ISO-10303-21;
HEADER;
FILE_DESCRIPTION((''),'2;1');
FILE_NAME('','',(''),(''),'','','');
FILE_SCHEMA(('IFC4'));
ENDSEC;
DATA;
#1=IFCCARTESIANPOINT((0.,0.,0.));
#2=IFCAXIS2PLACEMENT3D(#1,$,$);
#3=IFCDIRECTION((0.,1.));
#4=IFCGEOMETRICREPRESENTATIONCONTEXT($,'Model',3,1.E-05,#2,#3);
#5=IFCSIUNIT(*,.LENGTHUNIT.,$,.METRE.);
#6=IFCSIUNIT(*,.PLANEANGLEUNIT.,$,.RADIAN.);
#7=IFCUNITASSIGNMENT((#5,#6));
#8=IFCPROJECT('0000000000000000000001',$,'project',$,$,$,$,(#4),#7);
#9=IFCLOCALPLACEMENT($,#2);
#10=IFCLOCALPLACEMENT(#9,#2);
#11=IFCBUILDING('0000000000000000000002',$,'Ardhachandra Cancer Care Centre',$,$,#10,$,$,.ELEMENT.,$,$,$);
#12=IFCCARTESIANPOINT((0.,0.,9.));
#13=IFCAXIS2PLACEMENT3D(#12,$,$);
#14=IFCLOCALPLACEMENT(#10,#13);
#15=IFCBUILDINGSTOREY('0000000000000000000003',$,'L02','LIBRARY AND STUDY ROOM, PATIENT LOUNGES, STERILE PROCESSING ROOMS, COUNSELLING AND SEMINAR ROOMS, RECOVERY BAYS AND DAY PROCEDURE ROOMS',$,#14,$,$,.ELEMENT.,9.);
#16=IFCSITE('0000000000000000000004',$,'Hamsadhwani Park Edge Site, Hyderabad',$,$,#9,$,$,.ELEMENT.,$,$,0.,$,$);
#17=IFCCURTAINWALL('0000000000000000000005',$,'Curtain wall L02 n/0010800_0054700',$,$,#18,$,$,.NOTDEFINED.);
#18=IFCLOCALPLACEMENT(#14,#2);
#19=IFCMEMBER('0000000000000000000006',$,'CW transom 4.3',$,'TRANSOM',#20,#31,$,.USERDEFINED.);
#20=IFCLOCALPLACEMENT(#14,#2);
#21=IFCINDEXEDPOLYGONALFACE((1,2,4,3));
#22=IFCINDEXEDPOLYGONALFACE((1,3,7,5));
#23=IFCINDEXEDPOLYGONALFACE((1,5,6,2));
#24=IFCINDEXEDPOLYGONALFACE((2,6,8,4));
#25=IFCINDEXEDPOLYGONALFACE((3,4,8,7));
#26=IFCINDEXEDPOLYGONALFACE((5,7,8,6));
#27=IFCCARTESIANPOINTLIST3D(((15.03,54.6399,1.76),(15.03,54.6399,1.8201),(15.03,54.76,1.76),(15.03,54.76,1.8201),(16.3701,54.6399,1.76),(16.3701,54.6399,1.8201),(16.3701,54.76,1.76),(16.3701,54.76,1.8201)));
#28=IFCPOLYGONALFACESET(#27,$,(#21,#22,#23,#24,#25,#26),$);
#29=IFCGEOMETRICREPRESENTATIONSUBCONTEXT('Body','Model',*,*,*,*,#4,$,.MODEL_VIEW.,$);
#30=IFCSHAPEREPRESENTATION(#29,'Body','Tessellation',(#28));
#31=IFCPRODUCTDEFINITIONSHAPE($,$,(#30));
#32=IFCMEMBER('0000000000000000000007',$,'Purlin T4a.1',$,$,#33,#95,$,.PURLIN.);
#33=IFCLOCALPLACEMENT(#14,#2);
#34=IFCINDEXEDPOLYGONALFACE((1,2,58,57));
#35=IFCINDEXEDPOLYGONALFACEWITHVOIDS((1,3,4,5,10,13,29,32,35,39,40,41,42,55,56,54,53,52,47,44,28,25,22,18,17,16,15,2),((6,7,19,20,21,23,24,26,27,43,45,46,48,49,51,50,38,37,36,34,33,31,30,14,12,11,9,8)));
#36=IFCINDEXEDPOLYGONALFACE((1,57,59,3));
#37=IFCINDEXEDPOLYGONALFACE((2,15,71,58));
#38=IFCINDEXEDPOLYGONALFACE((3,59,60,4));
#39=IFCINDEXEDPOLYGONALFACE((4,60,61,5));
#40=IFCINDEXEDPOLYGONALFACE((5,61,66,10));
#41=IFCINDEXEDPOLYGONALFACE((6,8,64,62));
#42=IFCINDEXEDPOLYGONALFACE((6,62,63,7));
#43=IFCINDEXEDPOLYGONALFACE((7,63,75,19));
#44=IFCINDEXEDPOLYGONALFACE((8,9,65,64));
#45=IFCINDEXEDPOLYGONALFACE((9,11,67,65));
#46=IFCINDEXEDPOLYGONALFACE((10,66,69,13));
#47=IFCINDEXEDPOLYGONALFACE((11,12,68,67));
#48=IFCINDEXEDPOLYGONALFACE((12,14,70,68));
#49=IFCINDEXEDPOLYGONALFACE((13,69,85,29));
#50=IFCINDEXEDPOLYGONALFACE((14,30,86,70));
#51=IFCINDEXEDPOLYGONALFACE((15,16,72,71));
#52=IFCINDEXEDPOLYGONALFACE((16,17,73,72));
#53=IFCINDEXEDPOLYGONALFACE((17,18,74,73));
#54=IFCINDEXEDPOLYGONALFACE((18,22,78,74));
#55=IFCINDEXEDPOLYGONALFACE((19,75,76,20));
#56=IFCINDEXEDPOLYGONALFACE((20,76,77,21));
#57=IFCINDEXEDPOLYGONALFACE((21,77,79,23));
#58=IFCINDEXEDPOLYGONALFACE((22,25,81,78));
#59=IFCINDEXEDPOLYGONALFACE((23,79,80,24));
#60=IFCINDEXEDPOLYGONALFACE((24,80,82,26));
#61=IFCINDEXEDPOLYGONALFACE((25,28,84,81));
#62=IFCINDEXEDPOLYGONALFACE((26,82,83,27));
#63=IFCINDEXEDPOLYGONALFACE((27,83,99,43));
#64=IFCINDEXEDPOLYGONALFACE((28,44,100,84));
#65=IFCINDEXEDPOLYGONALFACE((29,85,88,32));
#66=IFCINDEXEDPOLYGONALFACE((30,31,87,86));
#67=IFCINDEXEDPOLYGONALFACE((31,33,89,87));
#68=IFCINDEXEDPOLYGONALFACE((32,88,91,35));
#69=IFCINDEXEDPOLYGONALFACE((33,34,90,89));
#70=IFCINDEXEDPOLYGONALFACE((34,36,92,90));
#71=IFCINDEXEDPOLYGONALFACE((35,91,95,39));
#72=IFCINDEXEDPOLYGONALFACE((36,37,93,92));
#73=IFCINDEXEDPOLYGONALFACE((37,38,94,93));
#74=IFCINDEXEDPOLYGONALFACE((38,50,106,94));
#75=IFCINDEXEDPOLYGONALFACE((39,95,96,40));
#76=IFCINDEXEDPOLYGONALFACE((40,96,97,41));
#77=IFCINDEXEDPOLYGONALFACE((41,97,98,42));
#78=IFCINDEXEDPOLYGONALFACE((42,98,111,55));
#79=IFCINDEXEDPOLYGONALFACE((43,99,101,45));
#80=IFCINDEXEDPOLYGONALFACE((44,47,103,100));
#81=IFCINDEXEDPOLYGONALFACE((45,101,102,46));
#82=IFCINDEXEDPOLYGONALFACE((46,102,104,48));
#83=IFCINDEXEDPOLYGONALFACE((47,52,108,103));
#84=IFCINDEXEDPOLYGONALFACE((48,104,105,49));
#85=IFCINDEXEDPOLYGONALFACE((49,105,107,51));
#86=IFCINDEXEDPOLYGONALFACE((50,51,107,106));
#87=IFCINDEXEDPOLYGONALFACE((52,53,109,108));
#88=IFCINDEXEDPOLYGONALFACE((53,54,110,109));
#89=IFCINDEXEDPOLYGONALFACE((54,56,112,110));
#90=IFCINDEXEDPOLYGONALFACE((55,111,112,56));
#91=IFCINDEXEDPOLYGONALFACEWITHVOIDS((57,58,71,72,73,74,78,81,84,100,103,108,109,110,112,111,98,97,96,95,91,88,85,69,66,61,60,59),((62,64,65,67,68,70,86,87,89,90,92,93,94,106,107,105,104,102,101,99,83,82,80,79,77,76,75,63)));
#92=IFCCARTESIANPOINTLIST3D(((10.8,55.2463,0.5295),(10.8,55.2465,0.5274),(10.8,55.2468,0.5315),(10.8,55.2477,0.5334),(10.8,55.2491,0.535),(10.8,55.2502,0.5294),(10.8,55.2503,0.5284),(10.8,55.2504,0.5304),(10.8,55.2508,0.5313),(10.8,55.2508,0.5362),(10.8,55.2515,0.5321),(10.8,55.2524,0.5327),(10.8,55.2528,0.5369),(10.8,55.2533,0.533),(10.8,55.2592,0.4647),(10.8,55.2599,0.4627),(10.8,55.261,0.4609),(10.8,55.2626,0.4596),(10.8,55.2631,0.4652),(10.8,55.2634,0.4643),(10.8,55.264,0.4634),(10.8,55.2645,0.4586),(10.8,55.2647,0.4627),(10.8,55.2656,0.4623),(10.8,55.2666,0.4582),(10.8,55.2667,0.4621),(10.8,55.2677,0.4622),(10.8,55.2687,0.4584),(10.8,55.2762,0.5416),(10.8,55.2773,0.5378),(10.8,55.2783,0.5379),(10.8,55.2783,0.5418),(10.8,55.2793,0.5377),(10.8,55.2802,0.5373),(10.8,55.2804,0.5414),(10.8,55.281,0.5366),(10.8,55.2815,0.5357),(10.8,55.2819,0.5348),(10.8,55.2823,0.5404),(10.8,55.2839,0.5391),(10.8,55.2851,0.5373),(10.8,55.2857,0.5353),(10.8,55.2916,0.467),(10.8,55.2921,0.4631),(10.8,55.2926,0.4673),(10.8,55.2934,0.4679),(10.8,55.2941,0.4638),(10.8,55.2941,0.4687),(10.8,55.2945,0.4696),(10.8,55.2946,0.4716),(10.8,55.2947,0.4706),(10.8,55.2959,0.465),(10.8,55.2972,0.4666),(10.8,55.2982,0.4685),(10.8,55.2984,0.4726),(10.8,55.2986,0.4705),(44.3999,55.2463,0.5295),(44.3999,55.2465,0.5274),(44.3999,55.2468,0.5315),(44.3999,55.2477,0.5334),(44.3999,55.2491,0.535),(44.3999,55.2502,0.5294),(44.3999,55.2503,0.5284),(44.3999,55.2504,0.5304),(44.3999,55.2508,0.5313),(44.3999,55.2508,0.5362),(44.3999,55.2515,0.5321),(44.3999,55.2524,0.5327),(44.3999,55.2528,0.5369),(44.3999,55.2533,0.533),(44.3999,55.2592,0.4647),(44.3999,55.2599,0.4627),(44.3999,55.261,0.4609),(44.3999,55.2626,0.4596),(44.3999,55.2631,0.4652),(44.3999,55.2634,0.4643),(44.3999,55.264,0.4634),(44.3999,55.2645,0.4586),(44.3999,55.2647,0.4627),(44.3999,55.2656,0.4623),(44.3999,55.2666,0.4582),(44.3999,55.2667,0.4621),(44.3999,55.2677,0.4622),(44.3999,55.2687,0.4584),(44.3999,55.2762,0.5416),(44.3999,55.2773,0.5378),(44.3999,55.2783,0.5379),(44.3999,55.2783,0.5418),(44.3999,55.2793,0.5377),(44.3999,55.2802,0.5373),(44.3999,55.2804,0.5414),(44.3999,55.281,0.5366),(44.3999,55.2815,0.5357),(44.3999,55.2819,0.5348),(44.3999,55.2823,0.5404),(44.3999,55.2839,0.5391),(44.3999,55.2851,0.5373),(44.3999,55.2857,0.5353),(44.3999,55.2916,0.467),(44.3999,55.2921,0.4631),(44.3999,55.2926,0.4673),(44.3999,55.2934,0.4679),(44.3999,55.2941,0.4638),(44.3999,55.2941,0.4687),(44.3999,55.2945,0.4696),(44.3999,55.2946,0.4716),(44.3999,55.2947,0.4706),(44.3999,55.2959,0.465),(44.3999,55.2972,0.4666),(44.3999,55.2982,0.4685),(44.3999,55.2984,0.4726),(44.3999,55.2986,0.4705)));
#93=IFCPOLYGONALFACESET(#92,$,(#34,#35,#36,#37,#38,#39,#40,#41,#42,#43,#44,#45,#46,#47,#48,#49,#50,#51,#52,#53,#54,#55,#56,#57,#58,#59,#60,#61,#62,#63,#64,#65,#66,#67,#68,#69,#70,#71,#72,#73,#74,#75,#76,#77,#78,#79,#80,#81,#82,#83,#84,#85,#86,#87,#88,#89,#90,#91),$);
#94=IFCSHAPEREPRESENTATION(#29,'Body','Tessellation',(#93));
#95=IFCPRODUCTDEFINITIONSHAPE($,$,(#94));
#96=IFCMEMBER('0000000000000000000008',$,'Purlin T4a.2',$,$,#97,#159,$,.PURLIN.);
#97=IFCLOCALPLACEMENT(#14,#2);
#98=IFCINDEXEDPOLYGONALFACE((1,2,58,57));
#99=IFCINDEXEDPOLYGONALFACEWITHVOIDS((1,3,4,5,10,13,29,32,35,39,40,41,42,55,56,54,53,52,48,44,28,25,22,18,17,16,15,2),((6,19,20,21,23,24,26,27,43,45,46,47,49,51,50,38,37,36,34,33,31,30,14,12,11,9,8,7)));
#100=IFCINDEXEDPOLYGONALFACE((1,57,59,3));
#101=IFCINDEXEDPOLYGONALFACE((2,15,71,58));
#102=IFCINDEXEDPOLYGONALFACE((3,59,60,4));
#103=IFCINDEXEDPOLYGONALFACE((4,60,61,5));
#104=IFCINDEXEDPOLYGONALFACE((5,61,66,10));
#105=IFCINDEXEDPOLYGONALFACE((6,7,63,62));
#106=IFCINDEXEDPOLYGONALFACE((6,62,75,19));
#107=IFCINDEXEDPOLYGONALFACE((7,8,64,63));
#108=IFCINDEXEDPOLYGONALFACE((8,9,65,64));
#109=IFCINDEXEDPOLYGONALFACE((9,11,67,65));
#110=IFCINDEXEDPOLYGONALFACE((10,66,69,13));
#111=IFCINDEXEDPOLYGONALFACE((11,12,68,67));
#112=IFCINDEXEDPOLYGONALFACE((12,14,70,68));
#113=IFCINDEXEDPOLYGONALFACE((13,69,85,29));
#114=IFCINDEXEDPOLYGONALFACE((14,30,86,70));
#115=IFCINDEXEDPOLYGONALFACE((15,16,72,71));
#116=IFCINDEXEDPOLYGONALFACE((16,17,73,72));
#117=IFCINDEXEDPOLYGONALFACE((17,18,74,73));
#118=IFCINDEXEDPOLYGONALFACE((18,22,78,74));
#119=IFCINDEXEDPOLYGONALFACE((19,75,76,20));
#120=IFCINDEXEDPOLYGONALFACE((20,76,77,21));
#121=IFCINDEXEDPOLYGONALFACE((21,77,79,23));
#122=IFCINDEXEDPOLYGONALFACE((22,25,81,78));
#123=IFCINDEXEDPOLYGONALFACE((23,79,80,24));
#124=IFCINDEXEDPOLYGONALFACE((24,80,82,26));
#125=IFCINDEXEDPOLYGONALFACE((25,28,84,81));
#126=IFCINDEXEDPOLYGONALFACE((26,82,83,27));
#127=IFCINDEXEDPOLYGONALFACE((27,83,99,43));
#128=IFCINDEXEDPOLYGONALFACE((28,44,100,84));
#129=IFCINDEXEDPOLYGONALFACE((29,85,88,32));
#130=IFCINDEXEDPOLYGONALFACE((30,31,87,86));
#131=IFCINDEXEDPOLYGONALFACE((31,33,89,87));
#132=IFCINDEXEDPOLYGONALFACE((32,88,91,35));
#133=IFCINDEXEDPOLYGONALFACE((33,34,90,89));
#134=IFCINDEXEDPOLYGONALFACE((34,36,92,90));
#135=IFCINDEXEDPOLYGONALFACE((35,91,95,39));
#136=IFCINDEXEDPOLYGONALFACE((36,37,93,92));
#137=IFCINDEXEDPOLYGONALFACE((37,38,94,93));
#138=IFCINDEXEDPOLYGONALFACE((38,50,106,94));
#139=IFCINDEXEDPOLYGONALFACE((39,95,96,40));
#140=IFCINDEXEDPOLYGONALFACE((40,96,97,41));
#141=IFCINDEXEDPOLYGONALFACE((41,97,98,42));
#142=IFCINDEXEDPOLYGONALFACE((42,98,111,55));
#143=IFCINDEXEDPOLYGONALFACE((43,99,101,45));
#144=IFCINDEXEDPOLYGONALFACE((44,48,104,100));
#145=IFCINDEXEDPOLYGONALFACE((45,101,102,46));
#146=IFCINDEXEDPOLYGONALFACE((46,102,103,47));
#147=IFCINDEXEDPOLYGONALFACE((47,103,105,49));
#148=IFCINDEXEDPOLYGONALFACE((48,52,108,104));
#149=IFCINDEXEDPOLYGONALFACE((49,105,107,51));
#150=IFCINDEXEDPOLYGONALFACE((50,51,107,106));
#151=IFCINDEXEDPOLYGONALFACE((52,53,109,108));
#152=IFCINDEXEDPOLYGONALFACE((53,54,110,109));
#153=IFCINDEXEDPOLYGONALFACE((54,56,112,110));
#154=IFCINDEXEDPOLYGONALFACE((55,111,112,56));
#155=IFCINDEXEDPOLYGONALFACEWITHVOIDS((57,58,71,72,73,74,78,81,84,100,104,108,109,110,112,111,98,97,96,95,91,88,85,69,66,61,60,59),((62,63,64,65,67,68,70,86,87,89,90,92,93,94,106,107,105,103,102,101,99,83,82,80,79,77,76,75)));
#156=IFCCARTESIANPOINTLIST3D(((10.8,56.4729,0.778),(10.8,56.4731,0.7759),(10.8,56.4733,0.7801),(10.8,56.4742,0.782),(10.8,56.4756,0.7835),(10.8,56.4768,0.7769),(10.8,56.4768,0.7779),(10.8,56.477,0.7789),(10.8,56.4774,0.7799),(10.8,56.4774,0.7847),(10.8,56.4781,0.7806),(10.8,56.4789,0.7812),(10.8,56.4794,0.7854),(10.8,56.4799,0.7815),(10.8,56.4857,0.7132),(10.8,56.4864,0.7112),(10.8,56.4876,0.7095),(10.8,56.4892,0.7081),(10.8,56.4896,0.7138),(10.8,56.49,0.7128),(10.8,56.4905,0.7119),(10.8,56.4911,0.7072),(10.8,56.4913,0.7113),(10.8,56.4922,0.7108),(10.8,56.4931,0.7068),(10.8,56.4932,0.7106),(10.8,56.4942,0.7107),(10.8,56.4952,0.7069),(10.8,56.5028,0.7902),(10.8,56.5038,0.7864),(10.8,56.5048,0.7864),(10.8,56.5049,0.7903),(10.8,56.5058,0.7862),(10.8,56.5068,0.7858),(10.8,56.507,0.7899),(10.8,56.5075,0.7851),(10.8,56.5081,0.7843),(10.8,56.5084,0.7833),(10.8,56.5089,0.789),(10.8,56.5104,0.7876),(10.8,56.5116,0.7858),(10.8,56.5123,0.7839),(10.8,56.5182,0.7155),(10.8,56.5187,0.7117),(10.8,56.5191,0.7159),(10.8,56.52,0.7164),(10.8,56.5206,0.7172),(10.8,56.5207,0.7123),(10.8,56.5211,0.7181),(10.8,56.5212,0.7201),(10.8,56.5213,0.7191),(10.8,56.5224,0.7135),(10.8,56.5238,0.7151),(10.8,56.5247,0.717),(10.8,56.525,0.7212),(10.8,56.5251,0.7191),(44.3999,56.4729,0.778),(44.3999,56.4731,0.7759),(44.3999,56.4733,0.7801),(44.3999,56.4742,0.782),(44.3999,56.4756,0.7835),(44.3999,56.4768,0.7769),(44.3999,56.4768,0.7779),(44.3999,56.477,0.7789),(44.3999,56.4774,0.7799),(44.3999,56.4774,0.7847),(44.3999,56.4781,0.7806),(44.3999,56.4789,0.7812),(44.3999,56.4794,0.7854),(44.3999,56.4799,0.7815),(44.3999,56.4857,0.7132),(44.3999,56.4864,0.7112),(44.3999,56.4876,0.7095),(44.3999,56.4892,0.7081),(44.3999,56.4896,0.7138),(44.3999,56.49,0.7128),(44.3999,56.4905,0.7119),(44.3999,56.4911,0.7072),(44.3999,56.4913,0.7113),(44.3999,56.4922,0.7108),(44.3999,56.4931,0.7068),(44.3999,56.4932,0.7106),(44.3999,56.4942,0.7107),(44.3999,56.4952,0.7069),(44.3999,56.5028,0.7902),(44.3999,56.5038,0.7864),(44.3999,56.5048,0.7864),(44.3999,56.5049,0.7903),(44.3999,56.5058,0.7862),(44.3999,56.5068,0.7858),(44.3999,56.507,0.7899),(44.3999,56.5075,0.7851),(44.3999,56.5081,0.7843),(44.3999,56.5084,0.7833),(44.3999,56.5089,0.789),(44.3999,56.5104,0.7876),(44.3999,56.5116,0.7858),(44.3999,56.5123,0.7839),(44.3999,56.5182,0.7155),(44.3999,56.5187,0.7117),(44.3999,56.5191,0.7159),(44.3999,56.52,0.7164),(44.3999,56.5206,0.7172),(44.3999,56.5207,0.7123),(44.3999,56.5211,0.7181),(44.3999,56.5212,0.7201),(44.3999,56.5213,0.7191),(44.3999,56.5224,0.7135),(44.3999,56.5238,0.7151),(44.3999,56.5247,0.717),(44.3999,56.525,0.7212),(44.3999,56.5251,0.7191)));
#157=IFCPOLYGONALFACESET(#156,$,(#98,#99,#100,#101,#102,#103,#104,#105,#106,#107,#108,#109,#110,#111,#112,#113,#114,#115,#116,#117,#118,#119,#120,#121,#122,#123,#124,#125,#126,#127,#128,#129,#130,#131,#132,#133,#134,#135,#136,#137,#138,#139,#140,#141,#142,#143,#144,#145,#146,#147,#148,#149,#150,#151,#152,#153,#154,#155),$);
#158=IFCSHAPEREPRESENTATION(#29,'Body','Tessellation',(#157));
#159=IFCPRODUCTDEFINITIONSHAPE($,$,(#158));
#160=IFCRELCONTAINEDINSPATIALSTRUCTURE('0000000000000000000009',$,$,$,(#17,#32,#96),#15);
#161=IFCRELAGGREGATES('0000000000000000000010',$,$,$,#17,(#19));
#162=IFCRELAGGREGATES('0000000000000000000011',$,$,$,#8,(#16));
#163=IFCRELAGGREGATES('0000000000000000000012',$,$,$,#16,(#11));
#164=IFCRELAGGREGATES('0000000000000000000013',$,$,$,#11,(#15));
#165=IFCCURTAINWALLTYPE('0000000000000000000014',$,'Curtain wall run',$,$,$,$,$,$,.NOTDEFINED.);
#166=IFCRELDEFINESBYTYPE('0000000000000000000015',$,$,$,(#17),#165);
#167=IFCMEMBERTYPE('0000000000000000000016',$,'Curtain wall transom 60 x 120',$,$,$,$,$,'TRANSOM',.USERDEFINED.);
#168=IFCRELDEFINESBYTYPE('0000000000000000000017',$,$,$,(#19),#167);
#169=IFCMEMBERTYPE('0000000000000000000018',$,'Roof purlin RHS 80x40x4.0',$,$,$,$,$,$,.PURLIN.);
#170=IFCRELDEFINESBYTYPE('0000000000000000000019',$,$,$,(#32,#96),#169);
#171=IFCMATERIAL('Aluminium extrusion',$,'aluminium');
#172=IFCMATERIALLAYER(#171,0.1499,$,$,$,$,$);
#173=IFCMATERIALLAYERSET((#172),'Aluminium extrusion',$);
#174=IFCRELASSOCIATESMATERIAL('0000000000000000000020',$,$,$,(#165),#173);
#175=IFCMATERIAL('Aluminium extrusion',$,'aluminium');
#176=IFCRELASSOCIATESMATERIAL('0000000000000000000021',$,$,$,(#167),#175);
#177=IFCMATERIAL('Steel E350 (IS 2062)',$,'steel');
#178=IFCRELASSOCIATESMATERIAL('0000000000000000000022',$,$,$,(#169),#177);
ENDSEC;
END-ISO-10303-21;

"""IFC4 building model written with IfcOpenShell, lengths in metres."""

from ifc_helpers import new_model, si_unit, direction, frame, origin, origin_2d, place, context, subcontext, project, spatial, rectangle, hollow_rectangle, extrude, material, layer, layer_set, material_profile, profile_set, type_object, element, aggregate, save


model = new_model("IFC4")

# Units and contexts
model_context = context("Model", 3, precision=1e-05, world=origin(), true_north=direction((0.0, 1.0)))
body_context = subcontext(model_context, "Body", "Model", "MODEL_VIEW")
ifc_project = project(units=[si_unit("LENGTHUNIT", "METRE"), si_unit("PLANEANGLEUNIT", "RADIAN")], contexts=[model_context])

# Site, building, storey
site_placement = place(None, origin())
site = spatial("IfcSite", under=ifc_project, at=site_placement, Name="Hamsadhwani Park Edge Site, Hyderabad", CompositionType="ELEMENT", RefElevation=0.0)
building_placement = place(site_placement, origin())
building = spatial("IfcBuilding", under=site, at=building_placement, Name="Ardhachandra Cancer Care Centre", CompositionType="ELEMENT")
storey_placement = place(building_placement, frame((0.0, 0.0, 9.0)))
storey = spatial("IfcBuildingStorey", under=building, at=storey_placement, Name="L02", Description="LIBRARY AND STUDY ROOM, PATIENT LOUNGES, STERILE PROCESSING ROOMS, COUNSELLING AND SEMINAR ROOMS, RECOVERY BAYS AND DAY PROCEDURE ROOMS", CompositionType="ELEMENT", Elevation=9.0)

# Curtain wall, member
ifc_material_1 = material(Name="Aluminium extrusion", Category="aluminium")
ifc_layer_1 = layer(ifc_material_1, 0.1499)
ifc_layer_set_1 = layer_set([ifc_layer_1], Name="Aluminium extrusion")
curtain_wall_type = type_object("IfcCurtainWallType", Name="Curtain wall run", PredefinedType="NOTDEFINED", material=ifc_layer_set_1)
curtain_wall_placement = place(storey_placement, origin())
curtain_wall = element("IfcCurtainWall", 1, at=curtain_wall_placement, inside=storey, type_object=curtain_wall_type, Name="Curtain wall L02 n/0010800_0054700", PredefinedType="NOTDEFINED")
ifc_material_2 = material(Name="Aluminium extrusion", Category="aluminium")
ifc_material_profile_1 = material_profile(ifc_material_2, rectangle(XDim=0.1201, YDim=0.0601, at=origin_2d()), Name="Curtain wall transom 60 x 120")
ifc_profile_set_1 = profile_set([ifc_material_profile_1], Name="Aluminium extrusion")
member_type_1 = type_object("IfcMemberType", Name="Curtain wall transom 60 x 120", ElementType="TRANSOM", PredefinedType="USERDEFINED", material=ifc_profile_set_1)
member_1_placement = place(storey_placement, frame((15.03, 54.7, 1.79), z_axis=(1.0, 0.0, 0.0), x_axis=(0.0, 1.0, 0.0)))
member_1 = element("IfcMember", 2, at=member_1_placement, type_object=member_type_1, Name="CW transom 4.3", ObjectType="TRANSOM", PredefinedType="USERDEFINED", context=body_context, shape_type="SweptSolid", body=[
    extrude(rectangle(XDim=0.1201, YDim=0.0601, at=origin_2d()), origin(), (0.0, 0.0, 1.0), 1.3401),
])

# Members
ifc_material_3 = material(Name="Steel E350 (IS 2062)", Category="steel")
ifc_material_profile_2 = material_profile(ifc_material_3, hollow_rectangle(XDim=0.04, YDim=0.0801, WallThickness=0.0039, InnerFilletRadius=0.0039, OuterFilletRadius=0.0081, at=origin_2d()), Name="RHS 80x40x4.0")
ifc_profile_set_2 = profile_set([ifc_material_profile_2], Name="Steel E350 (IS 2062)")
member_type_2 = type_object("IfcMemberType", Name="Roof purlin RHS 80x40x4.0", PredefinedType="PURLIN", material=ifc_profile_set_2)
for number, where, z_axis, x_axis, name in (
    (3, (10.8, 55.2725, 0.5), (1.0, 0.0, 0.0), (0.0, 0.980107, 0.198472), "Purlin T4a.1"),
    (4, (10.8, 56.499, 0.7485), (1.0, 0.0, 0.0), (0.0, 0.980107, 0.198472), "Purlin T4a.2"),
):
    element("IfcMember", number, at=place(storey_placement, frame(where, z_axis=z_axis, x_axis=x_axis)), inside=storey, type_object=member_type_2, Name=name, PredefinedType="PURLIN", context=body_context, shape_type="SweptSolid", body=[
        extrude(hollow_rectangle(XDim=0.04, YDim=0.0801, WallThickness=0.0039, InnerFilletRadius=0.0039, OuterFilletRadius=0.0081, at=origin_2d()), origin(), (0.0, 0.0, 1.0), 33.5999),
    ])

aggregate(curtain_wall, [member_1])

save(model, "model.ifc")
